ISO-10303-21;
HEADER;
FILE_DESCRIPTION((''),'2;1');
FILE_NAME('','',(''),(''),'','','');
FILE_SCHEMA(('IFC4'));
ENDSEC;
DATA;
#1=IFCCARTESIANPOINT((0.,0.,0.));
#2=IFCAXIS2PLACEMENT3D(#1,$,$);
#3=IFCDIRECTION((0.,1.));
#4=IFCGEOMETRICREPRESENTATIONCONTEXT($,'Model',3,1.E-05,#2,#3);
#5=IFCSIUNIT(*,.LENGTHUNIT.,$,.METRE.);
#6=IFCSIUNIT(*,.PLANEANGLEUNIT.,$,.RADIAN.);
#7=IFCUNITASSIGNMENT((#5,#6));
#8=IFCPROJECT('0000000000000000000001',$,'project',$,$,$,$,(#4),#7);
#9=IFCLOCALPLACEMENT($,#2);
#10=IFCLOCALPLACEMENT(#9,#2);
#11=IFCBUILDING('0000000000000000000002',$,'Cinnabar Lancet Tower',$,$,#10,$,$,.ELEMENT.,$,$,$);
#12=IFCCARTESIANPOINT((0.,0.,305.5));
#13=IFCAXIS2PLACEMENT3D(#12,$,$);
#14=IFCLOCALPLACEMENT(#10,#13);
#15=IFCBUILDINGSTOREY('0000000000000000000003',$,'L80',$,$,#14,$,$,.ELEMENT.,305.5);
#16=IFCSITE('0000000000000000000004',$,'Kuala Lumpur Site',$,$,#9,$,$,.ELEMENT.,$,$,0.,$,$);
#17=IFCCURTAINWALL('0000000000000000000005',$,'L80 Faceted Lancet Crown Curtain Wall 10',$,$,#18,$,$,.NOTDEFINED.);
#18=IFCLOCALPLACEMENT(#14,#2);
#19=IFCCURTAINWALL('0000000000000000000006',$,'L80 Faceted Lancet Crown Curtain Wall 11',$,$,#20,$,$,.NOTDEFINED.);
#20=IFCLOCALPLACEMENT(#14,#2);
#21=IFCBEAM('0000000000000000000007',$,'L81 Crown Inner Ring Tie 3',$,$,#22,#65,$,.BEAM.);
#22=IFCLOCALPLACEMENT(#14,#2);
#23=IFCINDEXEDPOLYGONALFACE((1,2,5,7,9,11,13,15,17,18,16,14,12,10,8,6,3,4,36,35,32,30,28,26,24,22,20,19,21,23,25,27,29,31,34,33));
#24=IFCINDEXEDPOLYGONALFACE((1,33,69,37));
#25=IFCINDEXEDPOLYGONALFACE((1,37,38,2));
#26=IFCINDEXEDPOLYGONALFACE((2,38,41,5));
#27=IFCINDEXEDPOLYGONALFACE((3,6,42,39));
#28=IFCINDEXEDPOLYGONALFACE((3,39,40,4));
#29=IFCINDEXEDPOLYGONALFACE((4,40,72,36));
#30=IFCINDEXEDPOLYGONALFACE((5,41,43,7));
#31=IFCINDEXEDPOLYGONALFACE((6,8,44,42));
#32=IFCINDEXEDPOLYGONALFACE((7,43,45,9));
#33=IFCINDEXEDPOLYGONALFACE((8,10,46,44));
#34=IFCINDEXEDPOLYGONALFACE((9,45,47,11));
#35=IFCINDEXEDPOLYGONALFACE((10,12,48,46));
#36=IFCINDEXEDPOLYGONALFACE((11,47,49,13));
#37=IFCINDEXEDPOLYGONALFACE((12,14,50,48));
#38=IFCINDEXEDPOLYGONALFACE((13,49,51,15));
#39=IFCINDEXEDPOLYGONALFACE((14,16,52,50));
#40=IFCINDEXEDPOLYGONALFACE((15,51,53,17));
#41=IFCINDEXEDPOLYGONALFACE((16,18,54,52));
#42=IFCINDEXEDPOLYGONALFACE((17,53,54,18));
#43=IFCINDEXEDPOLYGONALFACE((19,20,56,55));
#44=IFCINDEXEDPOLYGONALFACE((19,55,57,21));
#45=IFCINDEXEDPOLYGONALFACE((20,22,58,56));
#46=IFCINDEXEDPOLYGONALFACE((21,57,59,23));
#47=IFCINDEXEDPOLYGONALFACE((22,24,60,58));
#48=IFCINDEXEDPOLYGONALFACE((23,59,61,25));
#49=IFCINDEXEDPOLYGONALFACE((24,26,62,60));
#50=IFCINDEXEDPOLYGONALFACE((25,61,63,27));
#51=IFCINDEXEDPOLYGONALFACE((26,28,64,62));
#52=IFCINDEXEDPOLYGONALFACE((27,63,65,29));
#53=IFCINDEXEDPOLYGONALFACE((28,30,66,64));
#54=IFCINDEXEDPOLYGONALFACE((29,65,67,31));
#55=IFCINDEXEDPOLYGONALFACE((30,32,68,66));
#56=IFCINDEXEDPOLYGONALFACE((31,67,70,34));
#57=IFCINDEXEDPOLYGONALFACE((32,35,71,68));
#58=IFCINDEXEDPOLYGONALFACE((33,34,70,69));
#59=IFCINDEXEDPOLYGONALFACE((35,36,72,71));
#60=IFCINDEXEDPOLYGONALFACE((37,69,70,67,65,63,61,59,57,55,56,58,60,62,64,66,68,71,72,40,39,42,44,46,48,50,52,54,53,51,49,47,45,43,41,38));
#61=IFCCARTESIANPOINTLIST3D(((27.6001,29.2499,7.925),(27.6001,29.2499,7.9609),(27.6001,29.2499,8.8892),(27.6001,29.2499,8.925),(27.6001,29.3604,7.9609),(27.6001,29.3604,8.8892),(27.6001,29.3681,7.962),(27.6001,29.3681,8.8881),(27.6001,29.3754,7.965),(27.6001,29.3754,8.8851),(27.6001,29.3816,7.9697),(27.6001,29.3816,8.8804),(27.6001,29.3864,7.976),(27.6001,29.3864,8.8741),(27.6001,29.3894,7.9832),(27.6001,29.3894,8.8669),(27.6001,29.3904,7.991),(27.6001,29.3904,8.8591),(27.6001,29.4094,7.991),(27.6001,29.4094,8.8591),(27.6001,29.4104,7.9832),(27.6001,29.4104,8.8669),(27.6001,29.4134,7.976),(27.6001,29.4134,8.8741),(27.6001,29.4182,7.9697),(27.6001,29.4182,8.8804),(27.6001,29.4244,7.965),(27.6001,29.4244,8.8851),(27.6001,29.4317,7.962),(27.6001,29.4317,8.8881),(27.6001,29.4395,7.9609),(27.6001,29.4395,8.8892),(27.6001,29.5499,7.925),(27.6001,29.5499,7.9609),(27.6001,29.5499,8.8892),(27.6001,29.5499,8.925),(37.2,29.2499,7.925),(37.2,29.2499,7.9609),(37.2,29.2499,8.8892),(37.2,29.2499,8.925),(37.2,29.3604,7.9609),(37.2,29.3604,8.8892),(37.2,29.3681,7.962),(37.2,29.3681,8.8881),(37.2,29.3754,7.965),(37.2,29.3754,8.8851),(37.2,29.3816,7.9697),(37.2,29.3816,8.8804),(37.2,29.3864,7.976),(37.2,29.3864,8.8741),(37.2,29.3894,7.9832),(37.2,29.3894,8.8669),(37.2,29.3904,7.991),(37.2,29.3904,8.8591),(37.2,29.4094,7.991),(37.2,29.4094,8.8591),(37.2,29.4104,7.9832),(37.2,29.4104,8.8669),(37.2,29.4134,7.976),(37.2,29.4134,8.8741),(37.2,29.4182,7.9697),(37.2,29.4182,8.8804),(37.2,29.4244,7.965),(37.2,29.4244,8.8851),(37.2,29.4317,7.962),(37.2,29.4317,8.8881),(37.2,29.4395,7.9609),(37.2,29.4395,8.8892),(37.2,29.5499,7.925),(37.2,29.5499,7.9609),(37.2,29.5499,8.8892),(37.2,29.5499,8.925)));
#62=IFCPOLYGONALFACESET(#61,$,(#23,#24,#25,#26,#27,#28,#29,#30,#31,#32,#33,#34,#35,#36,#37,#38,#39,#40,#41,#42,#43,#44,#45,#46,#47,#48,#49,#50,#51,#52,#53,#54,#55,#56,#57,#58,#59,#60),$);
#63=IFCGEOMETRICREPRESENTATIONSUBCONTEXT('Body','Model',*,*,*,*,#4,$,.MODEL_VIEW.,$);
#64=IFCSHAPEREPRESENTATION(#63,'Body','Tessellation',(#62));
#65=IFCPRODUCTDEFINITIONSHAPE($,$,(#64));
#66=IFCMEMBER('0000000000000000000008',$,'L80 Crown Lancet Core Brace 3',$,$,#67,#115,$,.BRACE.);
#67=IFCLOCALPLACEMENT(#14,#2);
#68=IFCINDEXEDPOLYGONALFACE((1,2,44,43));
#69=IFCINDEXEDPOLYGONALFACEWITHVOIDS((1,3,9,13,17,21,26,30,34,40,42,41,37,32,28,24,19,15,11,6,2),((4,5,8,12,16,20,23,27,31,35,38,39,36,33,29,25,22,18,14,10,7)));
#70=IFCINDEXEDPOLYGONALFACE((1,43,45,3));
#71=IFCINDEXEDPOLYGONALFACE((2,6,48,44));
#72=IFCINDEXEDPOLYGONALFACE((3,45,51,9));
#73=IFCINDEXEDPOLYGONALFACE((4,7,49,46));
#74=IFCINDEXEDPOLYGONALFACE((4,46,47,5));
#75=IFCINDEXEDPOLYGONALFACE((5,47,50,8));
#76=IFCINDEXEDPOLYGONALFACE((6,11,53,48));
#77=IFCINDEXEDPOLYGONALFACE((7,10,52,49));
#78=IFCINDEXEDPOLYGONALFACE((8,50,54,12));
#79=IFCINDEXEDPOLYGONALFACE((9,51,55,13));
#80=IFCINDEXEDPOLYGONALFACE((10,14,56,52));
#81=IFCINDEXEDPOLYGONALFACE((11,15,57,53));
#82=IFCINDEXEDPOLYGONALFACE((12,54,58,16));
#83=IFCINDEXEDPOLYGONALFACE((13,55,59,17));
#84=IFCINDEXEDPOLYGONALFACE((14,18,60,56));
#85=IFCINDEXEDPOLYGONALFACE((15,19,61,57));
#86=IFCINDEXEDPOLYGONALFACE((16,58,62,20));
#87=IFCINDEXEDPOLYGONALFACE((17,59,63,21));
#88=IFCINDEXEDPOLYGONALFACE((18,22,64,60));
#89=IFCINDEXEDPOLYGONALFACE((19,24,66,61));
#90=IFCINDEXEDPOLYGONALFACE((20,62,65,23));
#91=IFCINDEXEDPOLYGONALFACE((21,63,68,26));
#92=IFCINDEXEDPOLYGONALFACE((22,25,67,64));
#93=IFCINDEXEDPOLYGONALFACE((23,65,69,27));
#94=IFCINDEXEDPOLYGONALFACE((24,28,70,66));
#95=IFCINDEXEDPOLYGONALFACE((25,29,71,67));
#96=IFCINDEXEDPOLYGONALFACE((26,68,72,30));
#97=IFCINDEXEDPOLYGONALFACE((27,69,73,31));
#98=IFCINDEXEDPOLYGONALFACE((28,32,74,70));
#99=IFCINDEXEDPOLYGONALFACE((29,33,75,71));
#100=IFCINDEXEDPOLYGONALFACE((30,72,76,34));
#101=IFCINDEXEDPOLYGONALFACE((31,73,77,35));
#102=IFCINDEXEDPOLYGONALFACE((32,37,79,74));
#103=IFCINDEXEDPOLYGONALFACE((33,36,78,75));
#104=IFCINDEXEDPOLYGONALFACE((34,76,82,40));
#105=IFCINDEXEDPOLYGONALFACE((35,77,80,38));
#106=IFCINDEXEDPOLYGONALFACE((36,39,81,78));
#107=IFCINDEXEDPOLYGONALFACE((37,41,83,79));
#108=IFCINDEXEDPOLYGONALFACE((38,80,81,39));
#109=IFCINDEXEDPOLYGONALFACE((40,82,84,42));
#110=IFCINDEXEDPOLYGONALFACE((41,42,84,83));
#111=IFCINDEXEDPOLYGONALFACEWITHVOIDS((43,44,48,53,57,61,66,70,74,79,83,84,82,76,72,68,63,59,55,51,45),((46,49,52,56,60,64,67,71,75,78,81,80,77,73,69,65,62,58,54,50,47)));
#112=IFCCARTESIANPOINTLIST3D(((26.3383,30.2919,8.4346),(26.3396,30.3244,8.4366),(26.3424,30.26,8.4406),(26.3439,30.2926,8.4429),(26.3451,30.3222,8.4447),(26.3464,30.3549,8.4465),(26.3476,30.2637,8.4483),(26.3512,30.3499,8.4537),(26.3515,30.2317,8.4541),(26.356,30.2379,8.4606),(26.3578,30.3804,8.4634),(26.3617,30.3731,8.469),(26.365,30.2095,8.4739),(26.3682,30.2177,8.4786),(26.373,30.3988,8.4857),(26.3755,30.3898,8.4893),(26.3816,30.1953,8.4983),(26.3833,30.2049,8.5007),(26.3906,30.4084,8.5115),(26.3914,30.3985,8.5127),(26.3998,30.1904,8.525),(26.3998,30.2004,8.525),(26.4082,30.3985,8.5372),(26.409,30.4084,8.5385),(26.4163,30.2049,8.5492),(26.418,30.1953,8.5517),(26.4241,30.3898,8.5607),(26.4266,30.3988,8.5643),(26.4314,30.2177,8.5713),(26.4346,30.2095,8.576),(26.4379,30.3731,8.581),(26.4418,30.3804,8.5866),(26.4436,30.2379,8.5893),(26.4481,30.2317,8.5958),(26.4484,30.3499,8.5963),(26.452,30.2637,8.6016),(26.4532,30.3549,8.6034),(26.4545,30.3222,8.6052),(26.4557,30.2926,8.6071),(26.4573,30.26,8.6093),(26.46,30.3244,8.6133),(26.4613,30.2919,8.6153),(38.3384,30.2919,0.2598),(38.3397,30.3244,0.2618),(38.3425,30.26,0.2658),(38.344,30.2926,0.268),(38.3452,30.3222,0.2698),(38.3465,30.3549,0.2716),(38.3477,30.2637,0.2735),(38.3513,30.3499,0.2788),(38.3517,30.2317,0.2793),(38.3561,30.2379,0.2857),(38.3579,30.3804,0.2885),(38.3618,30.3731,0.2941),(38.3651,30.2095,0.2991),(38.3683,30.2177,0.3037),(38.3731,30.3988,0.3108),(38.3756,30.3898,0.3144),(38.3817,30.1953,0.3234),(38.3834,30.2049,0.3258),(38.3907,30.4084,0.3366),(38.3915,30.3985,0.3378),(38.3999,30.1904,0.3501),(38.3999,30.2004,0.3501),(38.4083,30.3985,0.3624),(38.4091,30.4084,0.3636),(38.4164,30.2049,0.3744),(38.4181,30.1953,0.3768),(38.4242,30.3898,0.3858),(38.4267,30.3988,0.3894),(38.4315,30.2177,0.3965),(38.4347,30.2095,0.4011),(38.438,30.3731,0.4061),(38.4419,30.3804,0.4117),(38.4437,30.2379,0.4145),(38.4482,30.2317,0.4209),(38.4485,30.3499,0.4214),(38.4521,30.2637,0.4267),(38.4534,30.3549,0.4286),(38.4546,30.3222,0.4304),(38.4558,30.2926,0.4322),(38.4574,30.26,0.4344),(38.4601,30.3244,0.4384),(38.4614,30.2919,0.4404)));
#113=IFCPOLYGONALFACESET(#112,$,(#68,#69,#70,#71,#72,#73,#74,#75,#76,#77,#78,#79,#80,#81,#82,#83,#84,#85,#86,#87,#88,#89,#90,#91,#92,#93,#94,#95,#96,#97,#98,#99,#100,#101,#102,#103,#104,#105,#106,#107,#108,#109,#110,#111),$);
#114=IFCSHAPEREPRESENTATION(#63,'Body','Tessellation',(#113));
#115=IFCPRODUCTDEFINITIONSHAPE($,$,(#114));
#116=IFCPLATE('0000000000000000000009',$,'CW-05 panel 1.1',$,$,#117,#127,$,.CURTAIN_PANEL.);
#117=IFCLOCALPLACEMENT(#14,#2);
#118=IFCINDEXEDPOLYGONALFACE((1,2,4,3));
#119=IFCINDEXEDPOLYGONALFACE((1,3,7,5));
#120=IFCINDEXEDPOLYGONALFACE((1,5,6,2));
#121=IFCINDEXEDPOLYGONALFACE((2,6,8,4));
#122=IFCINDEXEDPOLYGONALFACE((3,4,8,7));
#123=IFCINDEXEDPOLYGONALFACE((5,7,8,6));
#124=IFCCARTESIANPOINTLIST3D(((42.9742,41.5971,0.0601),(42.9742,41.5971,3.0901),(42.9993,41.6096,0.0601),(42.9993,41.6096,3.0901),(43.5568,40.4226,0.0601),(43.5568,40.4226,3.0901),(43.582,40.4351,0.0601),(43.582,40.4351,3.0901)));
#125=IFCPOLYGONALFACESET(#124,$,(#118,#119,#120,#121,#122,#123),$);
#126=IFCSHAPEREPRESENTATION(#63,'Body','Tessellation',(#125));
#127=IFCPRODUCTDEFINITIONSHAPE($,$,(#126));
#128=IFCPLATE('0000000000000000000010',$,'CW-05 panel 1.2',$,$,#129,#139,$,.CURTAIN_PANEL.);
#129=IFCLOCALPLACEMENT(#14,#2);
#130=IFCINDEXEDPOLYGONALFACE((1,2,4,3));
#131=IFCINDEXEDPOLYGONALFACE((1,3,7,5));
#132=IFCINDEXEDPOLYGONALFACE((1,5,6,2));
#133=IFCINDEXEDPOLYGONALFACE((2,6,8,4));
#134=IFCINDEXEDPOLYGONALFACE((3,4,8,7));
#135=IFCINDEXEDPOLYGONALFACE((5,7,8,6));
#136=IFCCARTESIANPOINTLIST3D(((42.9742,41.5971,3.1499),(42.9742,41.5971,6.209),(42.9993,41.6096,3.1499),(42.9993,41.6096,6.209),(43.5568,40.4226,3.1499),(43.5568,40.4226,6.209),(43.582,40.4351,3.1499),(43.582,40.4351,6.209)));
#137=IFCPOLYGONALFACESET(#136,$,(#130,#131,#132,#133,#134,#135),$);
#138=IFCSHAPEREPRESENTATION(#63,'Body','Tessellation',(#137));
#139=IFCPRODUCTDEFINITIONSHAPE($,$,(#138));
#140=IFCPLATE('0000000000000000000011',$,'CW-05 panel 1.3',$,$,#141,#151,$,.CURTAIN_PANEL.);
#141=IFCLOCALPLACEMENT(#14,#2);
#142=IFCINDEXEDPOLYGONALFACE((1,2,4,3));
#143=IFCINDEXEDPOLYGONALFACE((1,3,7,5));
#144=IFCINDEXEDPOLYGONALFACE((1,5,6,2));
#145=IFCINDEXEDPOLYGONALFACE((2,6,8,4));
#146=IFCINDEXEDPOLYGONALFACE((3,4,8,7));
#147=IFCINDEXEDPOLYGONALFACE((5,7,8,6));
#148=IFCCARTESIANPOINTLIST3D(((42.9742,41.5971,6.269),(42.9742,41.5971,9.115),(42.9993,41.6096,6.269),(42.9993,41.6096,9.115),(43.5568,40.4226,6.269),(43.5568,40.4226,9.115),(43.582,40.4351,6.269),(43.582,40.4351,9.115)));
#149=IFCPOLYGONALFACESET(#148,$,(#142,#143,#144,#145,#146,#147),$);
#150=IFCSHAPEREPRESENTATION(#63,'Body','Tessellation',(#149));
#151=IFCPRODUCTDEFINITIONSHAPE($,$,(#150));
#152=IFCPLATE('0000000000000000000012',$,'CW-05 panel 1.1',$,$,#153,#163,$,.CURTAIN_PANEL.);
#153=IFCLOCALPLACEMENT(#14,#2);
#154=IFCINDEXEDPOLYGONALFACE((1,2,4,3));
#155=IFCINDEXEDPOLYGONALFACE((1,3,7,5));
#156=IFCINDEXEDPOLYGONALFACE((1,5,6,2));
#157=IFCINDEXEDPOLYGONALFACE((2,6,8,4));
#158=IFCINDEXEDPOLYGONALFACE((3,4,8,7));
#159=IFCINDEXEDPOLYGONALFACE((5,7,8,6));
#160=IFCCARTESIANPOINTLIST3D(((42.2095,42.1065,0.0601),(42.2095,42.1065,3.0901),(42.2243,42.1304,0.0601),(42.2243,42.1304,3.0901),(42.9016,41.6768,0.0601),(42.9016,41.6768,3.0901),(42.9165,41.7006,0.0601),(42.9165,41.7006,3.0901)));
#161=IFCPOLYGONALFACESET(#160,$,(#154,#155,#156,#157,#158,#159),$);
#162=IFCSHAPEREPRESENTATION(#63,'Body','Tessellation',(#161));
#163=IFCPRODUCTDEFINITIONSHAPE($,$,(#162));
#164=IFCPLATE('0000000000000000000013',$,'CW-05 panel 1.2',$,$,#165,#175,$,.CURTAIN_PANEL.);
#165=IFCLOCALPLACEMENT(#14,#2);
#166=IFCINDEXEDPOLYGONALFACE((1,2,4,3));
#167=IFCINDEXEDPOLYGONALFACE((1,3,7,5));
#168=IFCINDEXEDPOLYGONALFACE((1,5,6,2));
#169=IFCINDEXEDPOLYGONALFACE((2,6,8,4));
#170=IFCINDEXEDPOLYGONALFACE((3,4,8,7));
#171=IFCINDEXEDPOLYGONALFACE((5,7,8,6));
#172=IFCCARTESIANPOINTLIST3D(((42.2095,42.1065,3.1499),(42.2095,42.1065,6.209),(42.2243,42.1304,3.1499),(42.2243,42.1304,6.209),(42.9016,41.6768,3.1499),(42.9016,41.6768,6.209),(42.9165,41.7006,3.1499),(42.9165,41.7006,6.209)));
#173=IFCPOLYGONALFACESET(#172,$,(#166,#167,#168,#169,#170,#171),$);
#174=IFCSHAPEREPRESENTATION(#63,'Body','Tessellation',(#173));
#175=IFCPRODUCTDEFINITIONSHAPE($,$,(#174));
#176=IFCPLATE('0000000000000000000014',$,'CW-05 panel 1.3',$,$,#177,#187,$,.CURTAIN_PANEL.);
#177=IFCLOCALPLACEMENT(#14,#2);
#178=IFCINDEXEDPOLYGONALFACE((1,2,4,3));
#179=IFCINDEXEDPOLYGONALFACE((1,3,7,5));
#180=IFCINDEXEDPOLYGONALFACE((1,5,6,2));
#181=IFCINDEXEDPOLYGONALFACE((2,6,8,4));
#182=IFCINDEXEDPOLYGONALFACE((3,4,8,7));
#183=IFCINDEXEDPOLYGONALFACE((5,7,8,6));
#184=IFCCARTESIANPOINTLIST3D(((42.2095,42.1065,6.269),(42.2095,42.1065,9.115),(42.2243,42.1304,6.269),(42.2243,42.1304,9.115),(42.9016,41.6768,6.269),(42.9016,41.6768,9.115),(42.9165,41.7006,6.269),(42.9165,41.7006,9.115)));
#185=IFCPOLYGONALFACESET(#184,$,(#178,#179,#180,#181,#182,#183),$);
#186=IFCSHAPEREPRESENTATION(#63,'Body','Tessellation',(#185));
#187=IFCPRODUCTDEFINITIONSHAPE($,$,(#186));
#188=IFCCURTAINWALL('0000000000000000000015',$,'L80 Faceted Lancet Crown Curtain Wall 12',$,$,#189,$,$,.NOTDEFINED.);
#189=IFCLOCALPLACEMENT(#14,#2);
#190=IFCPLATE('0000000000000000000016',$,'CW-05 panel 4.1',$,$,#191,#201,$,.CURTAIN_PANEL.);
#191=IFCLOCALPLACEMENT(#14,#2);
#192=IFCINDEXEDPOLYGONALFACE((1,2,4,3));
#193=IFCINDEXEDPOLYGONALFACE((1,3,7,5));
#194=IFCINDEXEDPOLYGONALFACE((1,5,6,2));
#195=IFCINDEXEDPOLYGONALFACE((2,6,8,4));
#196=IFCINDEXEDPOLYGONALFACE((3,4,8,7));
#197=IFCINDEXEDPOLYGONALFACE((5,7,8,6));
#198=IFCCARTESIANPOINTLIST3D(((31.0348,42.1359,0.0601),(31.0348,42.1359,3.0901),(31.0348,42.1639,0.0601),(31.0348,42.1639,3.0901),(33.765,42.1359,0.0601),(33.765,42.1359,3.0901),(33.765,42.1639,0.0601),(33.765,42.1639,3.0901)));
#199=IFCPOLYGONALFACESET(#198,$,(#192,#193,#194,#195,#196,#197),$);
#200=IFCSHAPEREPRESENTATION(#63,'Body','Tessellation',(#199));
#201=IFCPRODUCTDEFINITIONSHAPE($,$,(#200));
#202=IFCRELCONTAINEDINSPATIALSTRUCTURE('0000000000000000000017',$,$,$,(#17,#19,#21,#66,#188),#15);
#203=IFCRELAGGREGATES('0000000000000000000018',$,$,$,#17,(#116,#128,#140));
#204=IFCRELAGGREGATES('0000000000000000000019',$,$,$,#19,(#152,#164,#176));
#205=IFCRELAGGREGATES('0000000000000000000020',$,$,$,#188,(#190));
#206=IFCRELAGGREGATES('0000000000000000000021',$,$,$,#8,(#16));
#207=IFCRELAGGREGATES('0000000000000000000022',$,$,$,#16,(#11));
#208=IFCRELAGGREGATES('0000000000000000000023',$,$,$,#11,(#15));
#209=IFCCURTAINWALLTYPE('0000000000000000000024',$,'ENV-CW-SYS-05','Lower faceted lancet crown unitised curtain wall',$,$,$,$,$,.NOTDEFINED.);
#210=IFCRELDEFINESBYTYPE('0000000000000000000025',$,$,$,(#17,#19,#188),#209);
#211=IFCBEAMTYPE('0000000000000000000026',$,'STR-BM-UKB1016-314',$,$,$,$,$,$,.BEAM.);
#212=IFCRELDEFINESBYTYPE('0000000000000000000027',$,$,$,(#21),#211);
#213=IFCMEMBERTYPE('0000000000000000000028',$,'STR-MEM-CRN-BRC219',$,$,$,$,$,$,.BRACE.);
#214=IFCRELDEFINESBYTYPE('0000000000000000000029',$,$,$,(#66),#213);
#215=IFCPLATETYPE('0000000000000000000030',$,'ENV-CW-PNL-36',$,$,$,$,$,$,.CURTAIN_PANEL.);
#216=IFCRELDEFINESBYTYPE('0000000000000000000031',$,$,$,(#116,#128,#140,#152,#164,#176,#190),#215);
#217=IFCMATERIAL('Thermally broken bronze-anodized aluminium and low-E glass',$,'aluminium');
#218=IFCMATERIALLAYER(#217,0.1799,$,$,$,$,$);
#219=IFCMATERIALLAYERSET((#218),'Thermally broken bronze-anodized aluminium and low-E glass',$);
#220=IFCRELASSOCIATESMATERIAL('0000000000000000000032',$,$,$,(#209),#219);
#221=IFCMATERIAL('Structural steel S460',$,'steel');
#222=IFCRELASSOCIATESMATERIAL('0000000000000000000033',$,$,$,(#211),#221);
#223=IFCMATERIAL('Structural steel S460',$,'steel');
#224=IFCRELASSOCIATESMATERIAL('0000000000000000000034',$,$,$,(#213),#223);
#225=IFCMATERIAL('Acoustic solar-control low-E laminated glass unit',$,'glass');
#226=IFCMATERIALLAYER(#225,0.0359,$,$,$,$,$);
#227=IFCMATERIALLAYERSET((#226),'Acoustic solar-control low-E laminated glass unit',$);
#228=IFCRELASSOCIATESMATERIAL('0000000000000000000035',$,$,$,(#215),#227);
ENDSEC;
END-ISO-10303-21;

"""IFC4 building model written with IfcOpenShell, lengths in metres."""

from ifc_helpers import new_model, si_unit, direction, frame, origin, origin_2d, place, context, subcontext, project, spatial, rectangle, hollow_circle, i_section, extrude, material, layer, layer_set, material_profile, profile_set, type_object, element, aggregate, save


model = new_model("IFC4")

# Units and contexts
model_context = context("Model", 3, precision=1e-05, world=origin(), true_north=direction((0.0, 1.0)))
body_context = subcontext(model_context, "Body", "Model", "MODEL_VIEW")
ifc_project = project(units=[si_unit("LENGTHUNIT", "METRE"), si_unit("PLANEANGLEUNIT", "RADIAN")], contexts=[model_context])

# Site, building, storey
site_placement = place(None, origin())
site = spatial("IfcSite", under=ifc_project, at=site_placement, Name="Kuala Lumpur Site", CompositionType="ELEMENT", RefElevation=0.0)
building_placement = place(site_placement, origin())
building = spatial("IfcBuilding", under=site, at=building_placement, Name="Cinnabar Lancet Tower", CompositionType="ELEMENT")
storey_placement = place(building_placement, frame((0.0, 0.0, 305.5)))
storey = spatial("IfcBuildingStorey", under=building, at=storey_placement, Name="L80", CompositionType="ELEMENT", Elevation=305.5)

# Curtain wall
ifc_material_1 = material(Name="Thermally broken bronze-anodized aluminium and low-E glass", Category="aluminium")
ifc_layer_1 = layer(ifc_material_1, 0.1799)
ifc_layer_set_1 = layer_set([ifc_layer_1], Name="Thermally broken bronze-anodized aluminium and low-E glass")
curtain_wall_type = type_object("IfcCurtainWallType", Name="ENV-CW-SYS-05", Description="Lower faceted lancet crown unitised curtain wall", PredefinedType="NOTDEFINED", material=ifc_layer_set_1)
curtain_wall_1_placement = place(storey_placement, origin())
curtain_wall_1 = element("IfcCurtainWall", 1, at=curtain_wall_1_placement, inside=storey, type_object=curtain_wall_type, Name="L80 Faceted Lancet Crown Curtain Wall 10", PredefinedType="NOTDEFINED")

# Curtain wall
curtain_wall_2_placement = place(storey_placement, origin())
curtain_wall_2 = element("IfcCurtainWall", 2, at=curtain_wall_2_placement, inside=storey, type_object=curtain_wall_type, Name="L80 Faceted Lancet Crown Curtain Wall 11", PredefinedType="NOTDEFINED")

# Beam
ifc_material_2 = material(Name="Structural steel S460", Category="steel")
ifc_material_profile_1 = material_profile(ifc_material_2, i_section(OverallWidth=0.3, OverallDepth=1.0, WebThickness=0.019, FlangeThickness=0.0359, FilletRadius=0.03, at=origin_2d()), Name="UKB 1016x305x314")
ifc_profile_set_1 = profile_set([ifc_material_profile_1], Name="Structural steel S460")
beam_type = type_object("IfcBeamType", Name="STR-BM-UKB1016-314", PredefinedType="BEAM", material=ifc_profile_set_1)
beam_1_placement = place(storey_placement, frame((37.2, 29.3999, 8.425), z_axis=(-1.0, 0.0, 0.0), x_axis=(0.0, -1.0, 0.0)))
element("IfcBeam", 3, at=beam_1_placement, inside=storey, type_object=beam_type, Name="L81 Crown Inner Ring Tie 3", PredefinedType="BEAM", context=body_context, shape_type="SweptSolid", body=[
    extrude(i_section(OverallWidth=0.3, OverallDepth=1.0, WebThickness=0.019, FlangeThickness=0.0359, FilletRadius=0.03, at=origin_2d()), origin(), (0.0, 0.0, 1.0), 9.5999),
])

# Member
ifc_material_3 = material(Name="Structural steel S460", Category="steel")
ifc_material_profile_2 = material_profile(ifc_material_3, hollow_circle(Radius=0.1096, WallThickness=0.01, at=origin_2d()), Name="CHS 219.1x10")
ifc_profile_set_2 = profile_set([ifc_material_profile_2], Name="Structural steel S460")
member_type_1 = type_object("IfcMemberType", Name="STR-MEM-CRN-BRC219", PredefinedType="BRACE", material=ifc_profile_set_2)
member_1_placement = place(storey_placement, frame((38.3999, 30.3, 0.3501), z_axis=(-0.826452, 0.0, 0.563007), x_axis=(0.0, -1.0, 0.0)))
element("IfcMember", 4, at=member_1_placement, inside=storey, type_object=member_type_1, Name="L80 Crown Lancet Core Brace 3", PredefinedType="BRACE", context=body_context, shape_type="SweptSolid", body=[
    extrude(hollow_circle(Radius=0.1096, WallThickness=0.01, at=origin_2d()), origin(), (0.0, 0.0, 1.0), 14.52),
])

# Plates
ifc_material_4 = material(Name="Acoustic solar-control low-E laminated glass unit", Category="glass")
ifc_layer_2 = layer(ifc_material_4, 0.0359)
ifc_layer_set_2 = layer_set([ifc_layer_2], Name="Acoustic solar-control low-E laminated glass unit")
plate_type_1 = type_object("IfcPlateType", Name="ENV-CW-PNL-36", PredefinedType="CURTAIN_PANEL", material=ifc_layer_set_2)
plate_1_placement = place(storey_placement, frame((43.2781, 41.0161, 0.0601), z_axis=(0.0, 0.0, 1.0), x_axis=(-0.444416, 0.89582, 0.0)))
plate_1 = element("IfcPlate", 5, at=plate_1_placement, type_object=plate_type_1, Name="CW-05 panel 1.1", PredefinedType="CURTAIN_PANEL", context=body_context, shape_type="SweptSolid", body=[
    extrude(rectangle(XDim=1.311, YDim=0.0281, at=origin_2d()), origin(), (0.0, 0.0, 1.0), 3.03),
])
plate_2_placement = place(storey_placement, frame((43.2781, 41.0161, 3.1499), z_axis=(0.0, 0.0, 1.0), x_axis=(-0.444416, 0.89582, 0.0)))
plate_2 = element("IfcPlate", 6, at=plate_2_placement, type_object=plate_type_1, Name="CW-05 panel 1.2", PredefinedType="CURTAIN_PANEL", context=body_context, shape_type="SweptSolid", body=[
    extrude(rectangle(XDim=1.311, YDim=0.0281, at=origin_2d()), origin(), (0.0, 0.0, 1.0), 3.0591),
])
plate_3_placement = place(storey_placement, frame((43.2781, 41.0161, 6.269), z_axis=(0.0, 0.0, 1.0), x_axis=(-0.444416, 0.89582, 0.0)))
plate_3 = element("IfcPlate", 7, at=plate_3_placement, type_object=plate_type_1, Name="CW-05 panel 1.3", PredefinedType="CURTAIN_PANEL", context=body_context, shape_type="SweptSolid", body=[
    extrude(rectangle(XDim=1.311, YDim=0.0281, at=origin_2d()), origin(), (0.0, 0.0, 1.0), 2.8459),
])
aggregate(curtain_wall_1, [plate_1, plate_2, plate_3])
plate_4_placement = place(storey_placement, frame((42.563, 41.9036, 0.0601), z_axis=(0.0, 0.0, 1.0), x_axis=(-0.849557, 0.527496, 0.0)))
plate_4 = element("IfcPlate", 8, at=plate_4_placement, type_object=plate_type_1, Name="CW-05 panel 1.1", PredefinedType="CURTAIN_PANEL", context=body_context, shape_type="SweptSolid", body=[
    extrude(rectangle(XDim=0.8147, YDim=0.0281, at=origin_2d()), origin(), (0.0, 0.0, 1.0), 3.03),
])
plate_5_placement = place(storey_placement, frame((42.563, 41.9036, 3.1499), z_axis=(0.0, 0.0, 1.0), x_axis=(-0.849557, 0.527496, 0.0)))
plate_5 = element("IfcPlate", 9, at=plate_5_placement, type_object=plate_type_1, Name="CW-05 panel 1.2", PredefinedType="CURTAIN_PANEL", context=body_context, shape_type="SweptSolid", body=[
    extrude(rectangle(XDim=0.8147, YDim=0.0281, at=origin_2d()), origin(), (0.0, 0.0, 1.0), 3.0591),
])
plate_6_placement = place(storey_placement, frame((42.563, 41.9036, 6.269), z_axis=(0.0, 0.0, 1.0), x_axis=(-0.849557, 0.527496, 0.0)))
plate_6 = element("IfcPlate", 10, at=plate_6_placement, type_object=plate_type_1, Name="CW-05 panel 1.3", PredefinedType="CURTAIN_PANEL", context=body_context, shape_type="SweptSolid", body=[
    extrude(rectangle(XDim=0.8147, YDim=0.0281, at=origin_2d()), origin(), (0.0, 0.0, 1.0), 2.8459),
])
aggregate(curtain_wall_2, [plate_4, plate_5, plate_6])

# Curtain wall, plate
curtain_wall_3_placement = place(storey_placement, origin())
curtain_wall_3 = element("IfcCurtainWall", 11, at=curtain_wall_3_placement, inside=storey, type_object=curtain_wall_type, Name="L80 Faceted Lancet Crown Curtain Wall 12", PredefinedType="NOTDEFINED")
plate_7_placement = place(storey_placement, frame((32.3999, 42.1499, 0.0601), z_axis=(0.0, 0.0, 1.0), x_axis=(-1.0, 0.0, 0.0)))
plate_7 = element("IfcPlate", 12, at=plate_7_placement, type_object=plate_type_1, Name="CW-05 panel 4.1", PredefinedType="CURTAIN_PANEL", context=body_context, shape_type="SweptSolid", body=[
    extrude(rectangle(XDim=2.7302, YDim=0.0281, at=origin_2d()), origin(), (0.0, 0.0, 1.0), 3.03),
])
aggregate(curtain_wall_3, [plate_7])

save(model, "model.ifc")
